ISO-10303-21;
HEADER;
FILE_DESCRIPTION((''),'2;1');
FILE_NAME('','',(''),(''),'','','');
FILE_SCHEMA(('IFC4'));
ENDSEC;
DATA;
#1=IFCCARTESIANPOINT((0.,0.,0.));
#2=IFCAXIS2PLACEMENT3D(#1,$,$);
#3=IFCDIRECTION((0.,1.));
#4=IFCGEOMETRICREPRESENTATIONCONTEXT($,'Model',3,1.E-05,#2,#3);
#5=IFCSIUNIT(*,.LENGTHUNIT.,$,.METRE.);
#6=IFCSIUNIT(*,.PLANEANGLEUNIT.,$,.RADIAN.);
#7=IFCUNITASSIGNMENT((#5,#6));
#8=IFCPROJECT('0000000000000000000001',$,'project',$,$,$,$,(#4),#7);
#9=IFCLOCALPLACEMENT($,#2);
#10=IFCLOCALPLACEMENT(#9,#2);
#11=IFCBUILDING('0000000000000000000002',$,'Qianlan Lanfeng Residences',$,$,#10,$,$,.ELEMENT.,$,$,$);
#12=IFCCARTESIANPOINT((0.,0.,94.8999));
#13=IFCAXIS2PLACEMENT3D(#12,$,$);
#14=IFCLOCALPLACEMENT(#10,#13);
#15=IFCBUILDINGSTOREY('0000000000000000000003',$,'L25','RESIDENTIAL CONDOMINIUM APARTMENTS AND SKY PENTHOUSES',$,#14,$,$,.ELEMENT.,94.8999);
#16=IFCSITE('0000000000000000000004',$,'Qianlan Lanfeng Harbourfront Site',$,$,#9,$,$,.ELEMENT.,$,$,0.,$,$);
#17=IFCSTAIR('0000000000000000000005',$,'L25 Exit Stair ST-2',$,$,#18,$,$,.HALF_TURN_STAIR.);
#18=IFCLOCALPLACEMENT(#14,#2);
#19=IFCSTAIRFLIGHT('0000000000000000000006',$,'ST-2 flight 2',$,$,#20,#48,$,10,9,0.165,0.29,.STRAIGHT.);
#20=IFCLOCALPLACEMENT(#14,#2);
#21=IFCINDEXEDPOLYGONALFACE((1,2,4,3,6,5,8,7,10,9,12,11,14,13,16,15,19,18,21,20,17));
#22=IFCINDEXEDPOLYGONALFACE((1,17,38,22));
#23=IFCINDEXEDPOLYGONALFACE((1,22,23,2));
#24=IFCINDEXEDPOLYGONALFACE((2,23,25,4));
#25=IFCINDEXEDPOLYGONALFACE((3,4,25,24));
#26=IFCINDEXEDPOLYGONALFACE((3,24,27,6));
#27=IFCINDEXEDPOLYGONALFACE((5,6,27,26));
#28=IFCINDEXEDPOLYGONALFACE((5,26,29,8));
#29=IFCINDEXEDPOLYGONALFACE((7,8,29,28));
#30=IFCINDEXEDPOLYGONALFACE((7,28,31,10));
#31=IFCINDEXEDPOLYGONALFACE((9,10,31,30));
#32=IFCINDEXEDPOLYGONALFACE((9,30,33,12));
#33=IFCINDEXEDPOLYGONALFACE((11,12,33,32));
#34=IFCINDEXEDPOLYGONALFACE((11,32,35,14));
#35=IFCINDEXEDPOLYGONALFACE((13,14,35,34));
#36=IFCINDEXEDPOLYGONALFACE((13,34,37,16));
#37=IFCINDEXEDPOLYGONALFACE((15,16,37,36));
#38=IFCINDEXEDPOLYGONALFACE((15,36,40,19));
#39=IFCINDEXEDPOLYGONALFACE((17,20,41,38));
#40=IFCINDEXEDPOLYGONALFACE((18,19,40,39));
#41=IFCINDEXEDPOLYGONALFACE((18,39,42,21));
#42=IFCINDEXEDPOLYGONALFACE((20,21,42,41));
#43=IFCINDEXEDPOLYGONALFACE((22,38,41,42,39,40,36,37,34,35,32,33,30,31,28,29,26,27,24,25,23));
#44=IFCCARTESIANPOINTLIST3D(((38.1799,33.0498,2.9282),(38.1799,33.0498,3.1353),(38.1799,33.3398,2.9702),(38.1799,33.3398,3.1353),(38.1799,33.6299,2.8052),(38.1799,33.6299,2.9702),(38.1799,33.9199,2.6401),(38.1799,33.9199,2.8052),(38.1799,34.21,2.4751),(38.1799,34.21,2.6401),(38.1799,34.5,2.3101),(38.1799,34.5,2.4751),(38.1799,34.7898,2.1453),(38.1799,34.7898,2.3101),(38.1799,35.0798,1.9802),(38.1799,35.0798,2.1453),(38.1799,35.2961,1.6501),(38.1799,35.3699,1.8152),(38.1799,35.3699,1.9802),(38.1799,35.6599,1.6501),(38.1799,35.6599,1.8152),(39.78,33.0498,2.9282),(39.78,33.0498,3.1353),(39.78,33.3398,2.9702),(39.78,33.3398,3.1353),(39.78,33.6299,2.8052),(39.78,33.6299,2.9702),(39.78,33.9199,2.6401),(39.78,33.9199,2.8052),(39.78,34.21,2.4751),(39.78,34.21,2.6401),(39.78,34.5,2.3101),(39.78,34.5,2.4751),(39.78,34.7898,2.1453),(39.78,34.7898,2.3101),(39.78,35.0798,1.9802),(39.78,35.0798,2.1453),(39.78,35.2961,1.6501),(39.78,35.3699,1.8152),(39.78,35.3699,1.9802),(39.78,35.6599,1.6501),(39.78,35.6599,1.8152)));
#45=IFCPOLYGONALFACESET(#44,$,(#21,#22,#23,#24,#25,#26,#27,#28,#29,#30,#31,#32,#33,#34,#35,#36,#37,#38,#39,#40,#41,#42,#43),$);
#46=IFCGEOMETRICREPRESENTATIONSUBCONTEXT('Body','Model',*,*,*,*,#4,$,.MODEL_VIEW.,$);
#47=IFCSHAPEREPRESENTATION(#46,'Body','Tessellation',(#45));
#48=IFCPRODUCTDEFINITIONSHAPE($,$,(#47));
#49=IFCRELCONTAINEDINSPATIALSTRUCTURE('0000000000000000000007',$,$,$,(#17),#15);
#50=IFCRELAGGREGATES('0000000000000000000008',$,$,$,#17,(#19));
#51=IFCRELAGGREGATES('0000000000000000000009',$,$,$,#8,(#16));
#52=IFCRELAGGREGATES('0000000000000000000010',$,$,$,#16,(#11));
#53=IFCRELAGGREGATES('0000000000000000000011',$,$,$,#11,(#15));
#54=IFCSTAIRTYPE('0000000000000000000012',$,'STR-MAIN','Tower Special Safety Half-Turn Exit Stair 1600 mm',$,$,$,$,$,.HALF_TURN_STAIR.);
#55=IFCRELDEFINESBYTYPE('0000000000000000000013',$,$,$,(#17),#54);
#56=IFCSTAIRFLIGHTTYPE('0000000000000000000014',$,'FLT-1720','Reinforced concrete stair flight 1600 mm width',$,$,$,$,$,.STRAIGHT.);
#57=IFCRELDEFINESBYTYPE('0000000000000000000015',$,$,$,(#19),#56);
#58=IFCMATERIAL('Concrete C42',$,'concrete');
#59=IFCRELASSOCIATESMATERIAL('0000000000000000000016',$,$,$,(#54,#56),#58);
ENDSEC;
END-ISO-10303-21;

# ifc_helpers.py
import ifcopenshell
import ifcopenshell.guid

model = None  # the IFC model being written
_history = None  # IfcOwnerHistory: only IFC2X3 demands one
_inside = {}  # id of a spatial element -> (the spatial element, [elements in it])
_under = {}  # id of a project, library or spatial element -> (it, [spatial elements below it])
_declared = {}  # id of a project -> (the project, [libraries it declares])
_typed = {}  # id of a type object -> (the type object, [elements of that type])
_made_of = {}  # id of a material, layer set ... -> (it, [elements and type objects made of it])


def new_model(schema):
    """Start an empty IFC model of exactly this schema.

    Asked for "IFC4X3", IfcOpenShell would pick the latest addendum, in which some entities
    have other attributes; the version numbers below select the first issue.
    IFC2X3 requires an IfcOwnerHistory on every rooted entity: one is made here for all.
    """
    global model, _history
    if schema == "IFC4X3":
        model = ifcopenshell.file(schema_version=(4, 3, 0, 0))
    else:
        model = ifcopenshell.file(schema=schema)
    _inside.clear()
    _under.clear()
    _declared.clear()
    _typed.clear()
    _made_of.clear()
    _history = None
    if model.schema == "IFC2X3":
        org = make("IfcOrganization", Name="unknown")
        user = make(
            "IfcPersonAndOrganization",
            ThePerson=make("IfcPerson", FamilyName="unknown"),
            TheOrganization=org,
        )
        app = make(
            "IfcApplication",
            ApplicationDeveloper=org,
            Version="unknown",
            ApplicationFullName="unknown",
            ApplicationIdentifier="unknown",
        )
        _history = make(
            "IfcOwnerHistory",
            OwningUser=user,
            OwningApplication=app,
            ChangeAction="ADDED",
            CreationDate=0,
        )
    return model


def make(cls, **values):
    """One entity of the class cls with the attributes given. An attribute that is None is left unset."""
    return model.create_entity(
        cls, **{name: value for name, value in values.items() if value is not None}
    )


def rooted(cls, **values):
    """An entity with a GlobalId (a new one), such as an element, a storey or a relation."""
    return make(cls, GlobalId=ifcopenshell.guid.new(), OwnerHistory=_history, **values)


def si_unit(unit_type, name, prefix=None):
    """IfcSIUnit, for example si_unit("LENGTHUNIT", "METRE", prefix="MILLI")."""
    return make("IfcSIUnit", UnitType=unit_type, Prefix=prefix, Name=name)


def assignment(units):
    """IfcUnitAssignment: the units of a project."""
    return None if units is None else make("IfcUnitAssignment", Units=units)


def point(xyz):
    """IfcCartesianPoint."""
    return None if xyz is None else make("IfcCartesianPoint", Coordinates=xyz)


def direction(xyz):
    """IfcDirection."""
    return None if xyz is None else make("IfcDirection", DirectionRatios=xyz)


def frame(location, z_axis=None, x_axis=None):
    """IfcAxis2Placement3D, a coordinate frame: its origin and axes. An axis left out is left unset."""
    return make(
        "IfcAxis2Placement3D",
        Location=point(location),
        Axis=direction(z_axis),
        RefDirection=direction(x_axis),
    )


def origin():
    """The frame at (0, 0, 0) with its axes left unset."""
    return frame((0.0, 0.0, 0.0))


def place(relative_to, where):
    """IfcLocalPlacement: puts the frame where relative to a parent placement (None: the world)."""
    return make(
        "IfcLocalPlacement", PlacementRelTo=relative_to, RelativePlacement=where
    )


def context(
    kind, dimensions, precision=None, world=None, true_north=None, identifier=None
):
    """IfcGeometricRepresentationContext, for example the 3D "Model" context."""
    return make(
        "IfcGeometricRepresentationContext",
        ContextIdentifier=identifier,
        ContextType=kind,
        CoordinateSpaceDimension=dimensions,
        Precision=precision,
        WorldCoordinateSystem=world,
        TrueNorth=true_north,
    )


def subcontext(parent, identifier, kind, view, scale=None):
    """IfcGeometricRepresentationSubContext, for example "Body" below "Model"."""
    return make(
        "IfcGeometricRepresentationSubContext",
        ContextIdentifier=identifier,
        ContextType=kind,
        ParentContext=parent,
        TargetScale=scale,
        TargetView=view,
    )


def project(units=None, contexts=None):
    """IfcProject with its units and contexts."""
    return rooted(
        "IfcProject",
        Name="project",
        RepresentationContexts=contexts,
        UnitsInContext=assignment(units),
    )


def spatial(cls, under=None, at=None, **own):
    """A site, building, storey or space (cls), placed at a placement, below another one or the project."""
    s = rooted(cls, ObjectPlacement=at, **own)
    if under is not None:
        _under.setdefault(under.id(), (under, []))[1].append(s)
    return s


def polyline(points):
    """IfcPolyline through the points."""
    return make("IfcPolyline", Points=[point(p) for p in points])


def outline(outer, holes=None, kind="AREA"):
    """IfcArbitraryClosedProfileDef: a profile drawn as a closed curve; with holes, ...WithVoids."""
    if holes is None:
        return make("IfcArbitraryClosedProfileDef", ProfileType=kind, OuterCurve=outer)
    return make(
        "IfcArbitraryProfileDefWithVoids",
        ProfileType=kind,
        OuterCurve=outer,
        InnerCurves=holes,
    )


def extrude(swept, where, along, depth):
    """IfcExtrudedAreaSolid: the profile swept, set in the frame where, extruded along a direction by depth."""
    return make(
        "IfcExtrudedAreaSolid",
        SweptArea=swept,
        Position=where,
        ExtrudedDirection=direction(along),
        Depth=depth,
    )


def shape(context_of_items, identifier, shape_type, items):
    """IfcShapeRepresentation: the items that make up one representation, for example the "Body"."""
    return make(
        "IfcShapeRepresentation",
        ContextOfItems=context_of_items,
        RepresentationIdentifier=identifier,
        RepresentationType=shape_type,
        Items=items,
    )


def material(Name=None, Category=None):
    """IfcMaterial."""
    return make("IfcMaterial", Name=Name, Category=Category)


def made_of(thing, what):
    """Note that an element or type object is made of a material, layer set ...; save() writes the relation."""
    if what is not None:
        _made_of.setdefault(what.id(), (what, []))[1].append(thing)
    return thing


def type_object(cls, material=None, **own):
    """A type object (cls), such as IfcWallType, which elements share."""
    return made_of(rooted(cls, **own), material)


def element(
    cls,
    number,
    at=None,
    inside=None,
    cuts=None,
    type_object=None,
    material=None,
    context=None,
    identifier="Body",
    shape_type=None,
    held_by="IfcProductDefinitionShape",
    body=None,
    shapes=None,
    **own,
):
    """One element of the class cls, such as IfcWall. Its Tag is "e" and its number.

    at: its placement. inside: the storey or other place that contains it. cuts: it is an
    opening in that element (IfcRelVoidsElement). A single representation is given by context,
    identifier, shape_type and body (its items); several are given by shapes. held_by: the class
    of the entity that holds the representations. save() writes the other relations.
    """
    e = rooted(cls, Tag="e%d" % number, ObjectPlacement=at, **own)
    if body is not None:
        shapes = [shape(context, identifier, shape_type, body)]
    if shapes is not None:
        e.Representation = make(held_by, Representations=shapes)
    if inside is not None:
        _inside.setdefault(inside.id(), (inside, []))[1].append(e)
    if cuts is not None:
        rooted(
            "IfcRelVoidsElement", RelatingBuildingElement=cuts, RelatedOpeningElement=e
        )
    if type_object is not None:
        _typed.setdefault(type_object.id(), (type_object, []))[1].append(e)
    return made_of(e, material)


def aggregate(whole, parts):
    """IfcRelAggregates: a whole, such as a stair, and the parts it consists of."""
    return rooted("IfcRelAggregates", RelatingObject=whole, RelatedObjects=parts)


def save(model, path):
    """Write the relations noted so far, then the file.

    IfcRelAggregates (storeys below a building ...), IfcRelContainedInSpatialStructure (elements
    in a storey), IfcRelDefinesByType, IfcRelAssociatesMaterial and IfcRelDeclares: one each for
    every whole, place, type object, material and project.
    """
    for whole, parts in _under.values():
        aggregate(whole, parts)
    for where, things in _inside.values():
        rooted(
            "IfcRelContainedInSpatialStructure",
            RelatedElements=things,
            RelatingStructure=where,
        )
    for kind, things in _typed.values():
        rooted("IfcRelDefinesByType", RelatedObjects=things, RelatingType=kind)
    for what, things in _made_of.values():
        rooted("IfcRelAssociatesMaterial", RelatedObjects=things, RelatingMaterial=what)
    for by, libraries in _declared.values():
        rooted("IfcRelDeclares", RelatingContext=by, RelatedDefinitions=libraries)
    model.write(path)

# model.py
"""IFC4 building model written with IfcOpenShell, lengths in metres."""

from ifc_helpers import new_model, si_unit, direction, frame, origin, place, context, subcontext, project, spatial, polyline, outline, extrude, material, type_object, element, aggregate, save


model = new_model("IFC4")

# Units and contexts
model_context = context("Model", 3, precision=1e-05, world=origin(), true_north=direction((0.0, 1.0)))
body_context = subcontext(model_context, "Body", "Model", "MODEL_VIEW")
ifc_project = project(units=[si_unit("LENGTHUNIT", "METRE"), si_unit("PLANEANGLEUNIT", "RADIAN")], contexts=[model_context])

# Site, building, storey
site_placement = place(None, origin())
site = spatial("IfcSite", under=ifc_project, at=site_placement, Name="Qianlan Lanfeng Harbourfront Site", CompositionType="ELEMENT", RefElevation=0.0)
building_placement = place(site_placement, origin())
building = spatial("IfcBuilding", under=site, at=building_placement, Name="Qianlan Lanfeng Residences", CompositionType="ELEMENT")
storey_placement = place(building_placement, frame((0.0, 0.0, 94.8999)))
storey = spatial("IfcBuildingStorey", under=building, at=storey_placement, Name="L25", Description="RESIDENTIAL CONDOMINIUM APARTMENTS AND SKY PENTHOUSES", CompositionType="ELEMENT", Elevation=94.8999)

# Shared definitions
ifc_material_1 = material(Name="Concrete C42", Category="concrete")

# Stair, stair flight
stair_type = type_object("IfcStairType", Name="STR-MAIN", Description="Tower Special Safety Half-Turn Exit Stair 1600 mm", PredefinedType="HALF_TURN_STAIR", material=ifc_material_1)
stair_placement = place(storey_placement, origin())
stair = element("IfcStair", 1, at=stair_placement, inside=storey, type_object=stair_type, Name="L25 Exit Stair ST-2", PredefinedType="HALF_TURN_STAIR")
stair_flight_type = type_object("IfcStairFlightType", Name="FLT-1720", Description="Reinforced concrete stair flight 1600 mm width", PredefinedType="STRAIGHT", material=ifc_material_1)
stair_flight_1_placement = place(storey_placement, frame((38.98, 35.6599, 1.6501), z_axis=(0.0, 0.0, 1.0), x_axis=(0.0, -1.0, 0.0)))
stair_flight_1 = element("IfcStairFlight", 2, at=stair_flight_1_placement, type_object=stair_flight_type, Name="ST-2 flight 2", NumberOfRisers=10, NumberOfTreads=9, PredefinedType="STRAIGHT", RiserHeight=0.165, TreadLength=0.29, context=body_context, shape_type="SweptSolid", body=[
    extrude(outline(polyline([(0.0, 0.0), (0.0, 0.165), (0.29, 0.165), (0.29, 0.3301), (0.5801, 0.3301), (0.5801, 0.4951), (0.8701, 0.4951), (0.8701, 0.6599), (1.1599, 0.6599), (1.1599, 0.825), (1.45, 0.825), (1.45, 0.99), (1.74, 0.99), (1.74, 1.155), (2.03, 1.155), (2.03, 1.3201), (2.3201, 1.3201), (2.3201, 1.4851), (2.6101, 1.4851), (2.6101, 1.6499), (2.6101, 1.2781), (0.3638, 0.0), (0.0, 0.0)])), frame((0.0, 0.8, 0.0), z_axis=(0.0, -1.0, 0.0), x_axis=(1.0, 0.0, 0.0)), (0.0, 0.0, 1.0), 1.6001),
])
aggregate(stair, [stair_flight_1])

save(model, "model.ifc")
